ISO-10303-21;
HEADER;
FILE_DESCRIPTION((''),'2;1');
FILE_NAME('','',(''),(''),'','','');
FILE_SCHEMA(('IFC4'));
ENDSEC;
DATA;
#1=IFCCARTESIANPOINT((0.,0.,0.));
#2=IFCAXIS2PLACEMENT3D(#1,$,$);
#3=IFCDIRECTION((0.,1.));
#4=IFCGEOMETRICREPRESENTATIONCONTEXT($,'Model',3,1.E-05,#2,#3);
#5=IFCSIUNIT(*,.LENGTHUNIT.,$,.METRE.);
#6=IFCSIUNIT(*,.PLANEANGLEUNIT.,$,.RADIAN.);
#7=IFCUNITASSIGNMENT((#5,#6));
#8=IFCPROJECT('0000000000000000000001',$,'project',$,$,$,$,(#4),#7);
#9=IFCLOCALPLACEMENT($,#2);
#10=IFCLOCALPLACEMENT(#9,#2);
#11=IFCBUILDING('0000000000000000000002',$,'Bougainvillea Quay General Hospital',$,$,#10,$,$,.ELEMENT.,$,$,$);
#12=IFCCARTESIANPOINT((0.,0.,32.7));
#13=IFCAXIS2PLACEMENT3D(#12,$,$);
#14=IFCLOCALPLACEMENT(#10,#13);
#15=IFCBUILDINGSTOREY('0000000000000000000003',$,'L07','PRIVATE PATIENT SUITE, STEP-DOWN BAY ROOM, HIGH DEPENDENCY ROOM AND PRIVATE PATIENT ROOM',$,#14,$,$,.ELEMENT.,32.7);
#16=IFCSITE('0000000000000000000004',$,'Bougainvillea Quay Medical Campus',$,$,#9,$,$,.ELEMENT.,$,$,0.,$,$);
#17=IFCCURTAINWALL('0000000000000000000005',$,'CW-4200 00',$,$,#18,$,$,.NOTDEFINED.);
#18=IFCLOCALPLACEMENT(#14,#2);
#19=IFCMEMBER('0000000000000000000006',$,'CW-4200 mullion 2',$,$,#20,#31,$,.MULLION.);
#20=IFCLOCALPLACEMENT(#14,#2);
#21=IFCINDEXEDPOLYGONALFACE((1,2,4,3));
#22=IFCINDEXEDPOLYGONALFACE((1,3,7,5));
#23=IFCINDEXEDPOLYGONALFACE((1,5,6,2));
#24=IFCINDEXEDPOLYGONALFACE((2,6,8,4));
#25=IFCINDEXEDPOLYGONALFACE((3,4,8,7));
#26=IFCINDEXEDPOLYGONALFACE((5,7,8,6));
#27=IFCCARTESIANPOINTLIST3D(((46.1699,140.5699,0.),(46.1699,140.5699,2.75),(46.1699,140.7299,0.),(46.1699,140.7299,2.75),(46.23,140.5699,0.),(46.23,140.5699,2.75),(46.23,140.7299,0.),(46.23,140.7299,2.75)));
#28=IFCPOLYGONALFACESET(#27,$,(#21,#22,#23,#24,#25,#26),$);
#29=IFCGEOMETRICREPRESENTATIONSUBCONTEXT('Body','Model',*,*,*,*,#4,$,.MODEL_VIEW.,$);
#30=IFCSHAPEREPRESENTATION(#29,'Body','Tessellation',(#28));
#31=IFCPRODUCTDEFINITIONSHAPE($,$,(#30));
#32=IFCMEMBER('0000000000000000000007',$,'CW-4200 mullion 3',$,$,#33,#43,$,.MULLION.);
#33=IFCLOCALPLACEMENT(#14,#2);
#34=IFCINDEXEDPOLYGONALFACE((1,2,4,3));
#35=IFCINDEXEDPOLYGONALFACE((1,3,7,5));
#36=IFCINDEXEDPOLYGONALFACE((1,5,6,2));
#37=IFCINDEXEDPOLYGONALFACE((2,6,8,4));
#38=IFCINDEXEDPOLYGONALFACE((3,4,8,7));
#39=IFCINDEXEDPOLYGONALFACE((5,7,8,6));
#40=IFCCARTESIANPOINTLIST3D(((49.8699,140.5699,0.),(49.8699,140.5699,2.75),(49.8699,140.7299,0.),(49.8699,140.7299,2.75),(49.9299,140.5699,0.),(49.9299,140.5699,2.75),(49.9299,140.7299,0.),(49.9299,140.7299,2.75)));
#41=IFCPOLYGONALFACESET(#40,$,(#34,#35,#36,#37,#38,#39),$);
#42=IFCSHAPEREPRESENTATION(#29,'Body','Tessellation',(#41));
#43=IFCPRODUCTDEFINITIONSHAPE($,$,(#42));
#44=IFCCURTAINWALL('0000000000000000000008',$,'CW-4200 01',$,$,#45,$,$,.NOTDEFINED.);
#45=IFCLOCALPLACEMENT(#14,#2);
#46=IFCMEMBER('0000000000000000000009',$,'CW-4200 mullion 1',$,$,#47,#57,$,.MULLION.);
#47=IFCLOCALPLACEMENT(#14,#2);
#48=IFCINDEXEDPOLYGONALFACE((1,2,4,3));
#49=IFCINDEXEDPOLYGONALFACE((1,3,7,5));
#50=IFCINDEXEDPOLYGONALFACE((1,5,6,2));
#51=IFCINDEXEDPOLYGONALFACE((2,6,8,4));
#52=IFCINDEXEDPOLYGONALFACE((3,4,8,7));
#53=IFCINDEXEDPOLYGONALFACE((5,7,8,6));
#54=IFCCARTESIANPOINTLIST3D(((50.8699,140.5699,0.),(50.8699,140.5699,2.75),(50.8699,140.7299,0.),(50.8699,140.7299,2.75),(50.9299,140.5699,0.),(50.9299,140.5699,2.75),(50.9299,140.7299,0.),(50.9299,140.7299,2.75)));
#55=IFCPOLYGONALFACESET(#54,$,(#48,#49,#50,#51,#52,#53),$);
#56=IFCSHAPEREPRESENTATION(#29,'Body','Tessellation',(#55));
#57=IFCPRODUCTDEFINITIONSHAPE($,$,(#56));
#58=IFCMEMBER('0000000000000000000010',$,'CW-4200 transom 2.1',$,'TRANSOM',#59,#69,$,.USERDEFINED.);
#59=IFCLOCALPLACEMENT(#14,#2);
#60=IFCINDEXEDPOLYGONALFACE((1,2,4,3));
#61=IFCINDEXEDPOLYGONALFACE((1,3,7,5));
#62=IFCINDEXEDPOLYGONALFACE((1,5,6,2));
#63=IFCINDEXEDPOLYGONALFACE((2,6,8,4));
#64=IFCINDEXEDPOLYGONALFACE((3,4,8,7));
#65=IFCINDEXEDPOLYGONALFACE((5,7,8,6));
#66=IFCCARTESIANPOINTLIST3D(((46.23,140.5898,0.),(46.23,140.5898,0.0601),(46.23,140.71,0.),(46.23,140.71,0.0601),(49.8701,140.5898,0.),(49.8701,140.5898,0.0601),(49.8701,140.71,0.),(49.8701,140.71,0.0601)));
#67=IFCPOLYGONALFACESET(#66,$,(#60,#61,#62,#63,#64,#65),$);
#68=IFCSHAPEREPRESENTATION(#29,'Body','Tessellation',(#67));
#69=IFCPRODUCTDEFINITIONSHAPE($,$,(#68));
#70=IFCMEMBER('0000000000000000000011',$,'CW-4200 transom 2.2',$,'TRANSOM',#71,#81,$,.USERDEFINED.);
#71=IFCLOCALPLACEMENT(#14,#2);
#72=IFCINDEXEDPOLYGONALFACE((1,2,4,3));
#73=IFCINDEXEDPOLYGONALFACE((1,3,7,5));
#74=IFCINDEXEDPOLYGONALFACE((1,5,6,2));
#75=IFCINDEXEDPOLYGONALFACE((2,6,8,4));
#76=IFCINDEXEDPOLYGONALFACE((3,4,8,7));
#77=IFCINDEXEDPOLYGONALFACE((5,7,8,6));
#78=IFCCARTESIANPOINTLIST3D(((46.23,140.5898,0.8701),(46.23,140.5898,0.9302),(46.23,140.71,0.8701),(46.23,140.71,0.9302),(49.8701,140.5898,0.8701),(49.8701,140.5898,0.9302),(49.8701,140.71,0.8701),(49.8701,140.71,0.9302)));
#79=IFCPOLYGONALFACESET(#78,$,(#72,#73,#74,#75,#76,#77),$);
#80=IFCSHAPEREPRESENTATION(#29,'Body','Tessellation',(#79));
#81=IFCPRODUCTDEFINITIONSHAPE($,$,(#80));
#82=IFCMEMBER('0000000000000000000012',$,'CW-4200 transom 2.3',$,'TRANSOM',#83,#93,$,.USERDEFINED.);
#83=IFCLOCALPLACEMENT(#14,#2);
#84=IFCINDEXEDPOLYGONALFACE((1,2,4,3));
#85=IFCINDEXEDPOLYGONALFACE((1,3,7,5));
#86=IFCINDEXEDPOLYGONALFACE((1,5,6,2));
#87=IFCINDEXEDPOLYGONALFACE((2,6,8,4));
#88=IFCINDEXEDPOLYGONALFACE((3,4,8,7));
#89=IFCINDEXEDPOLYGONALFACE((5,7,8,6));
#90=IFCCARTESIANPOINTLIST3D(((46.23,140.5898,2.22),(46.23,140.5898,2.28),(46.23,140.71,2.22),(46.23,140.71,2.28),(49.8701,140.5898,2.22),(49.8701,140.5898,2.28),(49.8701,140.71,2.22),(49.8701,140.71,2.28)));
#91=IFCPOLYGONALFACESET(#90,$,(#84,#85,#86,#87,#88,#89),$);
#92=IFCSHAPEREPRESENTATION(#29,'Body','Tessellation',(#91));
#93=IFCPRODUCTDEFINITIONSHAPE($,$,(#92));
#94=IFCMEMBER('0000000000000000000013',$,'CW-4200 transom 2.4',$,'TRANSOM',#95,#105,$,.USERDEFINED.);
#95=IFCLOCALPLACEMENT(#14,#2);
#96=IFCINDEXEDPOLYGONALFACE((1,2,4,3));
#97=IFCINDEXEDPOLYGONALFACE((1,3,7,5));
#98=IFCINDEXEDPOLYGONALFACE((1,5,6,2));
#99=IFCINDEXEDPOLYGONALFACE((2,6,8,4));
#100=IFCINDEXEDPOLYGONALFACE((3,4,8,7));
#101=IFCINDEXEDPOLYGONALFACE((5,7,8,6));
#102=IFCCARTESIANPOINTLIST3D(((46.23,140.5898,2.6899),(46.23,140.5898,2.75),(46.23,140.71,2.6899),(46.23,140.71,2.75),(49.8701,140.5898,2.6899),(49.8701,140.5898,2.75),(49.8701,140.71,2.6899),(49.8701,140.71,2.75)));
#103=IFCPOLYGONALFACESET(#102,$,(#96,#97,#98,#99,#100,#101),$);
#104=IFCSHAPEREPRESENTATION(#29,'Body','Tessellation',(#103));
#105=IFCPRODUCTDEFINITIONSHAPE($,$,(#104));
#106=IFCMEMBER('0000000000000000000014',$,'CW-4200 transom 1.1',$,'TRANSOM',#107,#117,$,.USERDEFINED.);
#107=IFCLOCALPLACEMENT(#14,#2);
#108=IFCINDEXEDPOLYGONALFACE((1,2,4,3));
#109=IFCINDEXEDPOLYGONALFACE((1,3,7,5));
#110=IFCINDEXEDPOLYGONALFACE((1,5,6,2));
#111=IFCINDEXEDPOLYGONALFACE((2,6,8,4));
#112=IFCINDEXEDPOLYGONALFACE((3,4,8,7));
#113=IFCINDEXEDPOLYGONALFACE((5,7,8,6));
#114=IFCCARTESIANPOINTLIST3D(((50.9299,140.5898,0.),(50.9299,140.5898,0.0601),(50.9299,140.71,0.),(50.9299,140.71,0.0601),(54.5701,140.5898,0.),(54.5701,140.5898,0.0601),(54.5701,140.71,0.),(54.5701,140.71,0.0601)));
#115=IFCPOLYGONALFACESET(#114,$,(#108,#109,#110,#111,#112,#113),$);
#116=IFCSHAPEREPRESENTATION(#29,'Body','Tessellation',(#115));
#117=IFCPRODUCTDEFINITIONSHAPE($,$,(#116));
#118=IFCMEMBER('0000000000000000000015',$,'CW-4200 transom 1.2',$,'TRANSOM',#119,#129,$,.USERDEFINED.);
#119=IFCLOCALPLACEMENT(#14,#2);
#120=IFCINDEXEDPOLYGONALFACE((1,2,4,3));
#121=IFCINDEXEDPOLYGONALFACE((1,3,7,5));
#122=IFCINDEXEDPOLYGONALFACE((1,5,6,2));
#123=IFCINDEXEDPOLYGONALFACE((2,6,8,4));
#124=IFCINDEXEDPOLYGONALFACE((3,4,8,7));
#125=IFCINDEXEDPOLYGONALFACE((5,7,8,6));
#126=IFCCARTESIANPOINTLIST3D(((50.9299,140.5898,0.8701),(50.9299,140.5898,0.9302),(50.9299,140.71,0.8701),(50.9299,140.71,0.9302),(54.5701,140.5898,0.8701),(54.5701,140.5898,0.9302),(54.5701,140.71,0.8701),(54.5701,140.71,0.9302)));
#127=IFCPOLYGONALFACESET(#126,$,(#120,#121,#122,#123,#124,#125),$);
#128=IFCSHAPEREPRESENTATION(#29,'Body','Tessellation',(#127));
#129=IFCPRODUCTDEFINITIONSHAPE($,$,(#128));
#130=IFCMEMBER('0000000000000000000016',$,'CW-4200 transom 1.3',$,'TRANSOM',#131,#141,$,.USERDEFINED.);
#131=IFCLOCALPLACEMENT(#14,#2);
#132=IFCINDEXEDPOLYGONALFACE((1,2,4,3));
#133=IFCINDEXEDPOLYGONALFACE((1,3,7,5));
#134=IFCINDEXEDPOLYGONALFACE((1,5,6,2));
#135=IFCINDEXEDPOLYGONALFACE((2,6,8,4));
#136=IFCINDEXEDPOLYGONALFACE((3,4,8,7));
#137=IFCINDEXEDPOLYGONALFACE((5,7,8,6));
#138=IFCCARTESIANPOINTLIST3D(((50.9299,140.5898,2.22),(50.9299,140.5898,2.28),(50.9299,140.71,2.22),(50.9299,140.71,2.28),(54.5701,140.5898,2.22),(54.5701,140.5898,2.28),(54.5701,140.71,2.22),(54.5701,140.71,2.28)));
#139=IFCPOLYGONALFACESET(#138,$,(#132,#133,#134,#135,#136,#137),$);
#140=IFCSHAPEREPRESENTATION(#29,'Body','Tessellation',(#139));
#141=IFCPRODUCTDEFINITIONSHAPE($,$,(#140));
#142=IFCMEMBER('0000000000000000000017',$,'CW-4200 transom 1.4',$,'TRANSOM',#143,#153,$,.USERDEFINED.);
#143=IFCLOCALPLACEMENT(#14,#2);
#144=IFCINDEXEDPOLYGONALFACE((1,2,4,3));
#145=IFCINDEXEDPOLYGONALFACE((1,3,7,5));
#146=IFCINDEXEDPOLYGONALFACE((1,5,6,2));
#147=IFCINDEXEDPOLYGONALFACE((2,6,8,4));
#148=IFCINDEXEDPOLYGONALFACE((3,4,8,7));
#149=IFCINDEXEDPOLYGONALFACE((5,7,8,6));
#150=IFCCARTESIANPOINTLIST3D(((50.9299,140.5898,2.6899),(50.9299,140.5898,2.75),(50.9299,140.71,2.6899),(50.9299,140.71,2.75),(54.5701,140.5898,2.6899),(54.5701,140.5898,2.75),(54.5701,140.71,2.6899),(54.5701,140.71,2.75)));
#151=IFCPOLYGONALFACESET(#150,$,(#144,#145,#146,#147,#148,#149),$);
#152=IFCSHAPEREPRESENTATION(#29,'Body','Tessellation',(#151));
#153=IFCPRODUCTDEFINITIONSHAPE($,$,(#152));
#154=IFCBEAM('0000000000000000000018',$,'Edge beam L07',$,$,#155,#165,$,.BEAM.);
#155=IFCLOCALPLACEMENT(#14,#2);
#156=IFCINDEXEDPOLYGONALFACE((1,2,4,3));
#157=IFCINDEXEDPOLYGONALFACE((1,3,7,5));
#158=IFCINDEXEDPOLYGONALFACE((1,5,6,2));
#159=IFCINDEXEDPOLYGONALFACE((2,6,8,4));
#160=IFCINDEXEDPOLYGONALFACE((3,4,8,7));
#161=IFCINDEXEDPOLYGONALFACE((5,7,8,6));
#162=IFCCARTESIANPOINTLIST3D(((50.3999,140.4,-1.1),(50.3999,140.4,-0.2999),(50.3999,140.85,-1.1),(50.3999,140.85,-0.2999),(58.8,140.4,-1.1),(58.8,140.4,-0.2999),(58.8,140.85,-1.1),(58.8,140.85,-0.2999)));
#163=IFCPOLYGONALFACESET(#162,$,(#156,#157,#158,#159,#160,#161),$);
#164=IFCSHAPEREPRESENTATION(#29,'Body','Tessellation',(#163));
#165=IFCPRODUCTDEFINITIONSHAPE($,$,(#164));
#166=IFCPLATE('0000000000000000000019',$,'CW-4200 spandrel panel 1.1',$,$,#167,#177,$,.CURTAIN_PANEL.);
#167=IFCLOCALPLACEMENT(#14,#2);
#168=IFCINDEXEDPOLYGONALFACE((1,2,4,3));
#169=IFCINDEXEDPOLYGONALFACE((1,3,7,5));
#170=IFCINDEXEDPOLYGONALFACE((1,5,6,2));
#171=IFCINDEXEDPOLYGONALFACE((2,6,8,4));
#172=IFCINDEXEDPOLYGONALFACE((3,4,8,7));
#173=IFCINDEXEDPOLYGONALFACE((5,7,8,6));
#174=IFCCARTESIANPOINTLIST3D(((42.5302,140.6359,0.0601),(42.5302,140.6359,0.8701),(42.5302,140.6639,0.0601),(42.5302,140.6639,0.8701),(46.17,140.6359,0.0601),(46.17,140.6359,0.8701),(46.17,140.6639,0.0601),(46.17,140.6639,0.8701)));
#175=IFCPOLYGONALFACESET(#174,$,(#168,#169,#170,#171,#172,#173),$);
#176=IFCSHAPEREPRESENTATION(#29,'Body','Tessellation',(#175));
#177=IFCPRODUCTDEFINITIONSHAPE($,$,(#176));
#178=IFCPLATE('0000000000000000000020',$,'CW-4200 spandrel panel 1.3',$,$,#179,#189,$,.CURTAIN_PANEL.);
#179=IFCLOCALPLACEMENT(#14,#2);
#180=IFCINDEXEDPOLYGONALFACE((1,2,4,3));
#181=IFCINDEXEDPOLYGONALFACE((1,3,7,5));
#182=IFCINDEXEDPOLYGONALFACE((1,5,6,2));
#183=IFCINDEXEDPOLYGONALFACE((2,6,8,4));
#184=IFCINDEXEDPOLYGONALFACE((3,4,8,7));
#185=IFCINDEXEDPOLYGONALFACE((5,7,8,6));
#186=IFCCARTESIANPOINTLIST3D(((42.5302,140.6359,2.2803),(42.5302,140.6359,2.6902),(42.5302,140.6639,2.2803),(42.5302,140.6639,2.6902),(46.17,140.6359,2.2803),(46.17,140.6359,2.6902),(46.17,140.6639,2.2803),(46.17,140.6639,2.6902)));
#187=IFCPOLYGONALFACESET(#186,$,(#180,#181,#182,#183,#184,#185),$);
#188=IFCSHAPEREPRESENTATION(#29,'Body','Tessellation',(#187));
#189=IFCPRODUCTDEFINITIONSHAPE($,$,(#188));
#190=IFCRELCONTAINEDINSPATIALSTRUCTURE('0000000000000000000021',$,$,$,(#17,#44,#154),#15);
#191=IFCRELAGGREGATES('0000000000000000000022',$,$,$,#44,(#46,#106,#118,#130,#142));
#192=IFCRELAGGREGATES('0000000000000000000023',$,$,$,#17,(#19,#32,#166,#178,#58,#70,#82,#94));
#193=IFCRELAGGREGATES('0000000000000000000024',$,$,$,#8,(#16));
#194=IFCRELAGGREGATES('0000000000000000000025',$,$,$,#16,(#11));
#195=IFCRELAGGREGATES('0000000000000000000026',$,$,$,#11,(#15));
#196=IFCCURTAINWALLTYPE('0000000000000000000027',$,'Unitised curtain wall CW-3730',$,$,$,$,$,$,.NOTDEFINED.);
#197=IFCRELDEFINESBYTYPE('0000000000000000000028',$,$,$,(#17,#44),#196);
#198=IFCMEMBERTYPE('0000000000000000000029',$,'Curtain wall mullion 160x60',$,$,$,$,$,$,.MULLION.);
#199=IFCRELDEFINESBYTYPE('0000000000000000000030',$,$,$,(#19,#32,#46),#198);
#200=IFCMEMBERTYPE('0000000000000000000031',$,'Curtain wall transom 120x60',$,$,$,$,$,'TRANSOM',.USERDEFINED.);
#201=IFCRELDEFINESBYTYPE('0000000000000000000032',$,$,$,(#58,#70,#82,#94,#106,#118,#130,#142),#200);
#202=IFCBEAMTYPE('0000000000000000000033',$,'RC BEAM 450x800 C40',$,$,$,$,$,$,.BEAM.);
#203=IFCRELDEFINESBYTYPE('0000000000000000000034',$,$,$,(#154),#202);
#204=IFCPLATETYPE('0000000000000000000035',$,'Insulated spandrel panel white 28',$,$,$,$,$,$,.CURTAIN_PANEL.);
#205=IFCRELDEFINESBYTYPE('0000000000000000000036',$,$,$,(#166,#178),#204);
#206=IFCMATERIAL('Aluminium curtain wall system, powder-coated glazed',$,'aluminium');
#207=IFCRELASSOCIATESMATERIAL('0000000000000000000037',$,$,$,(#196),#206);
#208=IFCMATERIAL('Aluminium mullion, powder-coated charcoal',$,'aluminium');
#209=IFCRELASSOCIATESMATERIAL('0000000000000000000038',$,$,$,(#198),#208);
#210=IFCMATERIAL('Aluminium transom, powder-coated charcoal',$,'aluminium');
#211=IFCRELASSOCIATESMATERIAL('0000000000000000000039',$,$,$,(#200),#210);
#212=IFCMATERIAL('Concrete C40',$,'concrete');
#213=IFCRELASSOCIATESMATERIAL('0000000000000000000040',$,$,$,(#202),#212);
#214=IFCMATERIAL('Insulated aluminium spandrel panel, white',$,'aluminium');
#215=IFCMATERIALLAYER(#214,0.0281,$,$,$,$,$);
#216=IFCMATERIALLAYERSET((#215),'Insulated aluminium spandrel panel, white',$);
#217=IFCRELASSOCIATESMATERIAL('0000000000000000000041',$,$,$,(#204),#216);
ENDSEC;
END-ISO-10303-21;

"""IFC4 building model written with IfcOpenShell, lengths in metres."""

from ifc_helpers import new_model, si_unit, direction, frame, origin, origin_2d, place, context, subcontext, project, spatial, rectangle, extrude, material, layer, layer_set, material_profile, profile_set, type_object, element, aggregate, save


model = new_model("IFC4")

# Units and contexts
model_context = context("Model", 3, precision=1e-05, world=origin(), true_north=direction((0.0, 1.0)))
body_context = subcontext(model_context, "Body", "Model", "MODEL_VIEW")
ifc_project = project(units=[si_unit("LENGTHUNIT", "METRE"), si_unit("PLANEANGLEUNIT", "RADIAN")], contexts=[model_context])

# Site, building, storey
site_placement = place(None, origin())
site = spatial("IfcSite", under=ifc_project, at=site_placement, Name="Bougainvillea Quay Medical Campus", CompositionType="ELEMENT", RefElevation=0.0)
building_placement = place(site_placement, origin())
building = spatial("IfcBuilding", under=site, at=building_placement, Name="Bougainvillea Quay General Hospital", CompositionType="ELEMENT")
storey_placement = place(building_placement, frame((0.0, 0.0, 32.7)))
storey = spatial("IfcBuildingStorey", under=building, at=storey_placement, Name="L07", Description="PRIVATE PATIENT SUITE, STEP-DOWN BAY ROOM, HIGH DEPENDENCY ROOM AND PRIVATE PATIENT ROOM", CompositionType="ELEMENT", Elevation=32.7)

# Curtain wall, members
ifc_material_1 = material(Name="Aluminium curtain wall system, powder-coated glazed", Category="aluminium")
curtain_wall_type = type_object("IfcCurtainWallType", Name="Unitised curtain wall CW-3730", PredefinedType="NOTDEFINED", material=ifc_material_1)
curtain_wall_1_placement = place(storey_placement, origin())
curtain_wall_1 = element("IfcCurtainWall", 1, at=curtain_wall_1_placement, inside=storey, type_object=curtain_wall_type, Name="CW-4200 00", PredefinedType="NOTDEFINED")
ifc_material_2 = material(Name="Aluminium mullion, powder-coated charcoal", Category="aluminium")
ifc_material_profile_1 = material_profile(ifc_material_2, rectangle(XDim=0.1599, YDim=0.0601, at=origin_2d()))
ifc_profile_set_1 = profile_set([ifc_material_profile_1], Name="Aluminium mullion, powder-coated charcoal")
member_type_1 = type_object("IfcMemberType", Name="Curtain wall mullion 160x60", PredefinedType="MULLION", material=ifc_profile_set_1)
member_1_placement = place(storey_placement, frame((46.2, 140.6499, 0.0), z_axis=(0.0, 0.0, 1.0), x_axis=(0.0, 1.0, 0.0)))
member_1 = element("IfcMember", 2, at=member_1_placement, type_object=member_type_1, Name="CW-4200 mullion 2", PredefinedType="MULLION", context=body_context, shape_type="SweptSolid", body=[
    extrude(rectangle(XDim=0.1599, YDim=0.0601, at=origin_2d()), origin(), (0.0, 0.0, 1.0), 2.75),
])
member_2_placement = place(storey_placement, frame((49.8999, 140.6499, 0.0), z_axis=(0.0, 0.0, 1.0), x_axis=(0.0, 1.0, 0.0)))
member_2 = element("IfcMember", 3, at=member_2_placement, type_object=member_type_1, Name="CW-4200 mullion 3", PredefinedType="MULLION", context=body_context, shape_type="SweptSolid", body=[
    extrude(rectangle(XDim=0.1599, YDim=0.0601, at=origin_2d()), origin(), (0.0, 0.0, 1.0), 2.75),
])

# Curtain wall, member
curtain_wall_2_placement = place(storey_placement, origin())
curtain_wall_2 = element("IfcCurtainWall", 4, at=curtain_wall_2_placement, inside=storey, type_object=curtain_wall_type, Name="CW-4200 01", PredefinedType="NOTDEFINED")
member_3_placement = place(storey_placement, frame((50.8999, 140.6499, 0.0), z_axis=(0.0, 0.0, 1.0), x_axis=(0.0, 1.0, 0.0)))
member_3 = element("IfcMember", 5, at=member_3_placement, type_object=member_type_1, Name="CW-4200 mullion 1", PredefinedType="MULLION", context=body_context, shape_type="SweptSolid", body=[
    extrude(rectangle(XDim=0.1599, YDim=0.0601, at=origin_2d()), origin(), (0.0, 0.0, 1.0), 2.75),
])

# Members
ifc_material_3 = material(Name="Aluminium transom, powder-coated charcoal", Category="aluminium")
ifc_material_profile_2 = material_profile(ifc_material_3, rectangle(XDim=0.1201, YDim=0.0601, at=origin_2d()))
ifc_profile_set_2 = profile_set([ifc_material_profile_2], Name="Aluminium transom, powder-coated charcoal")
member_type_2 = type_object("IfcMemberType", Name="Curtain wall transom 120x60", ElementType="TRANSOM", PredefinedType="USERDEFINED", material=ifc_profile_set_2)
member_4_placement = place(storey_placement, frame((46.23, 140.6499, 0.03), z_axis=(1.0, 0.0, 0.0), x_axis=(0.0, 1.0, 0.0)))
member_4 = element("IfcMember", 6, at=member_4_placement, type_object=member_type_2, Name="CW-4200 transom 2.1", ObjectType="TRANSOM", PredefinedType="USERDEFINED", context=body_context, shape_type="SweptSolid", body=[
    extrude(rectangle(XDim=0.1201, YDim=0.0601, at=origin_2d()), origin(), (0.0, 0.0, 1.0), 3.6401),
])
member_5_placement = place(storey_placement, frame((46.23, 140.6499, 0.9001), z_axis=(1.0, 0.0, 0.0), x_axis=(0.0, 1.0, 0.0)))
member_5 = element("IfcMember", 7, at=member_5_placement, type_object=member_type_2, Name="CW-4200 transom 2.2", ObjectType="TRANSOM", PredefinedType="USERDEFINED", context=body_context, shape_type="SweptSolid", body=[
    extrude(rectangle(XDim=0.1201, YDim=0.0601, at=origin_2d()), origin(), (0.0, 0.0, 1.0), 3.6401),
])
member_6_placement = place(storey_placement, frame((46.23, 140.6499, 2.25), z_axis=(1.0, 0.0, 0.0), x_axis=(0.0, 1.0, 0.0)))
member_6 = element("IfcMember", 8, at=member_6_placement, type_object=member_type_2, Name="CW-4200 transom 2.3", ObjectType="TRANSOM", PredefinedType="USERDEFINED", context=body_context, shape_type="SweptSolid", body=[
    extrude(rectangle(XDim=0.1201, YDim=0.0601, at=origin_2d()), origin(), (0.0, 0.0, 1.0), 3.6401),
])
member_7_placement = place(storey_placement, frame((46.23, 140.6499, 2.72), z_axis=(1.0, 0.0, 0.0), x_axis=(0.0, 1.0, 0.0)))
member_7 = element("IfcMember", 9, at=member_7_placement, type_object=member_type_2, Name="CW-4200 transom 2.4", ObjectType="TRANSOM", PredefinedType="USERDEFINED", context=body_context, shape_type="SweptSolid", body=[
    extrude(rectangle(XDim=0.1201, YDim=0.0601, at=origin_2d()), origin(), (0.0, 0.0, 1.0), 3.6401),
])
member_8_placement = place(storey_placement, frame((50.9299, 140.6499, 0.03), z_axis=(1.0, 0.0, 0.0), x_axis=(0.0, 1.0, 0.0)))
member_8 = element("IfcMember", 10, at=member_8_placement, type_object=member_type_2, Name="CW-4200 transom 1.1", ObjectType="TRANSOM", PredefinedType="USERDEFINED", context=body_context, shape_type="SweptSolid", body=[
    extrude(rectangle(XDim=0.1201, YDim=0.0601, at=origin_2d()), origin(), (0.0, 0.0, 1.0), 3.6401),
])
member_9_placement = place(storey_placement, frame((50.9299, 140.6499, 0.9001), z_axis=(1.0, 0.0, 0.0), x_axis=(0.0, 1.0, 0.0)))
member_9 = element("IfcMember", 11, at=member_9_placement, type_object=member_type_2, Name="CW-4200 transom 1.2", ObjectType="TRANSOM", PredefinedType="USERDEFINED", context=body_context, shape_type="SweptSolid", body=[
    extrude(rectangle(XDim=0.1201, YDim=0.0601, at=origin_2d()), origin(), (0.0, 0.0, 1.0), 3.6401),
])
member_10_placement = place(storey_placement, frame((50.9299, 140.6499, 2.25), z_axis=(1.0, 0.0, 0.0), x_axis=(0.0, 1.0, 0.0)))
member_10 = element("IfcMember", 12, at=member_10_placement, type_object=member_type_2, Name="CW-4200 transom 1.3", ObjectType="TRANSOM", PredefinedType="USERDEFINED", context=body_context, shape_type="SweptSolid", body=[
    extrude(rectangle(XDim=0.1201, YDim=0.0601, at=origin_2d()), origin(), (0.0, 0.0, 1.0), 3.6401),
])
member_11_placement = place(storey_placement, frame((50.9299, 140.6499, 2.72), z_axis=(1.0, 0.0, 0.0), x_axis=(0.0, 1.0, 0.0)))
member_11 = element("IfcMember", 13, at=member_11_placement, type_object=member_type_2, Name="CW-4200 transom 1.4", ObjectType="TRANSOM", PredefinedType="USERDEFINED", context=body_context, shape_type="SweptSolid", body=[
    extrude(rectangle(XDim=0.1201, YDim=0.0601, at=origin_2d()), origin(), (0.0, 0.0, 1.0), 3.6401),
])
aggregate(curtain_wall_2, [member_3, member_8, member_9, member_10, member_11])

# Beam
ifc_material_4 = material(Name="Concrete C40", Category="concrete")
ifc_material_profile_3 = material_profile(ifc_material_4, rectangle(XDim=0.45, YDim=0.8, at=origin_2d()))
ifc_profile_set_3 = profile_set([ifc_material_profile_3], Name="Concrete C40")
beam_type = type_object("IfcBeamType", Name="RC BEAM 450x800 C40", PredefinedType="BEAM", material=ifc_profile_set_3)
beam_placement = place(storey_placement, frame((50.3999, 140.625, -0.7), z_axis=(1.0, 0.0, 0.0), x_axis=(0.0, 1.0, 0.0)))
element("IfcBeam", 14, at=beam_placement, inside=storey, type_object=beam_type, Name="Edge beam L07", PredefinedType="BEAM", context=body_context, shape_type="SweptSolid", body=[
    extrude(rectangle(XDim=0.45, YDim=0.8, at=origin_2d()), origin(), (0.0, 0.0, 1.0), 8.4001),
])

# Plates
ifc_material_5 = material(Name="Insulated aluminium spandrel panel, white", Category="aluminium")
ifc_layer_1 = layer(ifc_material_5, 0.0281)
ifc_layer_set_1 = layer_set([ifc_layer_1], Name="Insulated aluminium spandrel panel, white")
plate_type_1 = type_object("IfcPlateType", Name="Insulated spandrel panel white 28", PredefinedType="CURTAIN_PANEL", material=ifc_layer_set_1)
plate_1_placement = place(storey_placement, frame((44.3501, 140.6499, 0.0601), z_axis=(0.0, 0.0, 1.0), x_axis=(1.0, 0.0, 0.0)))
plate_1 = element("IfcPlate", 15, at=plate_1_placement, type_object=plate_type_1, Name="CW-4200 spandrel panel 1.1", PredefinedType="CURTAIN_PANEL", context=body_context, shape_type="SweptSolid", body=[
    extrude(rectangle(XDim=3.6399, YDim=0.0281, at=origin_2d()), origin(), (0.0, 0.0, 1.0), 0.8101),
])
plate_2_placement = place(storey_placement, frame((44.3501, 140.6499, 2.2803), z_axis=(0.0, 0.0, 1.0), x_axis=(1.0, 0.0, 0.0)))
plate_2 = element("IfcPlate", 16, at=plate_2_placement, type_object=plate_type_1, Name="CW-4200 spandrel panel 1.3", PredefinedType="CURTAIN_PANEL", context=body_context, shape_type="SweptSolid", body=[
    extrude(rectangle(XDim=3.6399, YDim=0.0281, at=origin_2d()), origin(), (0.0, 0.0, 1.0), 0.4099),
])
aggregate(curtain_wall_1, [member_1, member_2, plate_1, plate_2, member_4, member_5, member_6, member_7])

save(model, "model.ifc")
